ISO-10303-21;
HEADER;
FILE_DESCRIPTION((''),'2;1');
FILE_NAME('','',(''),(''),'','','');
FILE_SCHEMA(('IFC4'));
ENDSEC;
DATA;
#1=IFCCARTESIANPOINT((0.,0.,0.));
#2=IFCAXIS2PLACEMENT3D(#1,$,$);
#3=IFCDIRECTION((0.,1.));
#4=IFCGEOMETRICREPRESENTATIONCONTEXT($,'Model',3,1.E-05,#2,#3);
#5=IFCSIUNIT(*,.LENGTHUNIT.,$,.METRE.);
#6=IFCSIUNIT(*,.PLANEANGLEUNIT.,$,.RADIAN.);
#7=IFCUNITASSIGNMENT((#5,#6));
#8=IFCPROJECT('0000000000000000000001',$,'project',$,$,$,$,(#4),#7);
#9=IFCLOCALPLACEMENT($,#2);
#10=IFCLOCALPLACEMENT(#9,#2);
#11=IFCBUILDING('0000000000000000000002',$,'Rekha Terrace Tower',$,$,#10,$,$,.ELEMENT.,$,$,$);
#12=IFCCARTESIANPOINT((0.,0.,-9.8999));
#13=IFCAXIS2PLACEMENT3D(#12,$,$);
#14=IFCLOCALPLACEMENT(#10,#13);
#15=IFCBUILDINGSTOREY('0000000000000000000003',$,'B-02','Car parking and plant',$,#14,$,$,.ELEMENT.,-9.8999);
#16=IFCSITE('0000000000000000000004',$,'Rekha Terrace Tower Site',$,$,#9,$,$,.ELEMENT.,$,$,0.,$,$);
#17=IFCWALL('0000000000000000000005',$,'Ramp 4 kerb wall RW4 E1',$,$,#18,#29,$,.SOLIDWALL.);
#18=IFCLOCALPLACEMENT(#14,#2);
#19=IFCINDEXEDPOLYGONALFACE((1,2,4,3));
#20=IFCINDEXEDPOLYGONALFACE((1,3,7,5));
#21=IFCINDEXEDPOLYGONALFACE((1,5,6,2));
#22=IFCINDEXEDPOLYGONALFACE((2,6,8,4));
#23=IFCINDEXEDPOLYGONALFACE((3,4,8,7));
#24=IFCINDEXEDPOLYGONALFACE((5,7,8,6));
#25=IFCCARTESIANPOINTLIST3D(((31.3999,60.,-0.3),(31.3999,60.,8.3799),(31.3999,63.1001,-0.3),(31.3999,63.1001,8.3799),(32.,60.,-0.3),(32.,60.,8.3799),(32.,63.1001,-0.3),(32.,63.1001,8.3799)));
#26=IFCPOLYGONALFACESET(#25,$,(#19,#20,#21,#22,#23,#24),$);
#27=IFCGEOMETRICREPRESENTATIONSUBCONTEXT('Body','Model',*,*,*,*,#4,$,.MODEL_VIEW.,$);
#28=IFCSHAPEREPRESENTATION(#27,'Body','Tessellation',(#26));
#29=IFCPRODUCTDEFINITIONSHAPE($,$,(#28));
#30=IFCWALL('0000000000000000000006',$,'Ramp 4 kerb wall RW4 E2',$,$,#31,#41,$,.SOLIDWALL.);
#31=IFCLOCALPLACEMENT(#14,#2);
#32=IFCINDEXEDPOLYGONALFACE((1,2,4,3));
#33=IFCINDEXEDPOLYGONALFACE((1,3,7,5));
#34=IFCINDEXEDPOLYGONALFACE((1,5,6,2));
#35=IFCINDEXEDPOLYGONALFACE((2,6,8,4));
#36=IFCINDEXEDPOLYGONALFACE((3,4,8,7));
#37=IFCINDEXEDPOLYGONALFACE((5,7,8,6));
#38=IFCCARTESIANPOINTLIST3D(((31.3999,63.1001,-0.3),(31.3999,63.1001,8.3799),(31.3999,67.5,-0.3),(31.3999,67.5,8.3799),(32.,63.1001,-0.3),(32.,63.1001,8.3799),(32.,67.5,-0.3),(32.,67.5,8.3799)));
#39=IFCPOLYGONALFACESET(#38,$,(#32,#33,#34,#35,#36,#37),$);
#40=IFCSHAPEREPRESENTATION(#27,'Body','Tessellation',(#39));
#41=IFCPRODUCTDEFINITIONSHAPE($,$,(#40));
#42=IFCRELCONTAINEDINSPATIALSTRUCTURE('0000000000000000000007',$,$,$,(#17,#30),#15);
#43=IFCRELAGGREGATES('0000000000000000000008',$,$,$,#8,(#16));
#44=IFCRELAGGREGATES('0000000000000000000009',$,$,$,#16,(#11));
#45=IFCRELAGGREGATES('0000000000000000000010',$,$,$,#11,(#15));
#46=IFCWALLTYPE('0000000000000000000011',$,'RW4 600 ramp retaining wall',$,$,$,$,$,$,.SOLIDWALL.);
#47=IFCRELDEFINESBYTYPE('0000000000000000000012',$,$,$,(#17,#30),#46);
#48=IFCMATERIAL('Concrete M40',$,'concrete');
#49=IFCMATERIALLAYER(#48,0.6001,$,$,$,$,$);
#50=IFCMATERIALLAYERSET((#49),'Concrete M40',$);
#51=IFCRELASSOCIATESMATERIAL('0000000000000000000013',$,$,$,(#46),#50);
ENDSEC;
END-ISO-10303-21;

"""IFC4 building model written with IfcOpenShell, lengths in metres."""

from ifc_helpers import new_model, si_unit, direction, frame, frame_2d, origin, place, context, subcontext, project, spatial, rectangle, extrude, material, layer, layer_set, type_object, element, save


model = new_model("IFC4")

# Units and contexts
model_context = context("Model", 3, precision=1e-05, world=origin(), true_north=direction((0.0, 1.0)))
body_context = subcontext(model_context, "Body", "Model", "MODEL_VIEW")
ifc_project = project(units=[si_unit("LENGTHUNIT", "METRE"), si_unit("PLANEANGLEUNIT", "RADIAN")], contexts=[model_context])

# Site, building, storey
site_placement = place(None, origin())
site = spatial("IfcSite", under=ifc_project, at=site_placement, Name="Rekha Terrace Tower Site", CompositionType="ELEMENT", RefElevation=0.0)
building_placement = place(site_placement, origin())
building = spatial("IfcBuilding", under=site, at=building_placement, Name="Rekha Terrace Tower", CompositionType="ELEMENT")
storey_placement = place(building_placement, frame((0.0, 0.0, -9.8999)))
storey = spatial("IfcBuildingStorey", under=building, at=storey_placement, Name="B-02", Description="Car parking and plant", CompositionType="ELEMENT", Elevation=-9.8999)

# Shared definitions
ifc_material_1 = material(Name="Concrete M40", Category="concrete")

# Walls
ifc_layer_1 = layer(ifc_material_1, 0.6001)
ifc_layer_set_1 = layer_set([ifc_layer_1], Name="Concrete M40")
wall_type_1 = type_object("IfcWallType", Name="RW4 600 ramp retaining wall", PredefinedType="SOLIDWALL", material=ifc_layer_set_1)
wall_1_placement = place(storey_placement, frame((31.7, 60.0, -0.3), z_axis=(0.0, 0.0, 1.0), x_axis=(0.0, 1.0, 0.0)))
element("IfcWall", 1, at=wall_1_placement, inside=storey, type_object=wall_type_1, Name="Ramp 4 kerb wall RW4 E1", PredefinedType="SOLIDWALL", context=body_context, shape_type="SweptSolid", body=[
    extrude(rectangle(XDim=3.1001, YDim=0.6001, at=frame_2d((1.55, 0.0))), origin(), (0.0, 0.0, 1.0), 8.6799),
])
wall_2_placement = place(storey_placement, frame((31.7, 63.1001, -0.3), z_axis=(0.0, 0.0, 1.0), x_axis=(0.0, 1.0, 0.0)))
element("IfcWall", 2, at=wall_2_placement, inside=storey, type_object=wall_type_1, Name="Ramp 4 kerb wall RW4 E2", PredefinedType="SOLIDWALL", context=body_context, shape_type="SweptSolid", body=[
    extrude(rectangle(XDim=4.3999, YDim=0.6001, at=frame_2d((2.2, 0.0))), origin(), (0.0, 0.0, 1.0), 8.6799),
])

save(model, "model.ifc")
